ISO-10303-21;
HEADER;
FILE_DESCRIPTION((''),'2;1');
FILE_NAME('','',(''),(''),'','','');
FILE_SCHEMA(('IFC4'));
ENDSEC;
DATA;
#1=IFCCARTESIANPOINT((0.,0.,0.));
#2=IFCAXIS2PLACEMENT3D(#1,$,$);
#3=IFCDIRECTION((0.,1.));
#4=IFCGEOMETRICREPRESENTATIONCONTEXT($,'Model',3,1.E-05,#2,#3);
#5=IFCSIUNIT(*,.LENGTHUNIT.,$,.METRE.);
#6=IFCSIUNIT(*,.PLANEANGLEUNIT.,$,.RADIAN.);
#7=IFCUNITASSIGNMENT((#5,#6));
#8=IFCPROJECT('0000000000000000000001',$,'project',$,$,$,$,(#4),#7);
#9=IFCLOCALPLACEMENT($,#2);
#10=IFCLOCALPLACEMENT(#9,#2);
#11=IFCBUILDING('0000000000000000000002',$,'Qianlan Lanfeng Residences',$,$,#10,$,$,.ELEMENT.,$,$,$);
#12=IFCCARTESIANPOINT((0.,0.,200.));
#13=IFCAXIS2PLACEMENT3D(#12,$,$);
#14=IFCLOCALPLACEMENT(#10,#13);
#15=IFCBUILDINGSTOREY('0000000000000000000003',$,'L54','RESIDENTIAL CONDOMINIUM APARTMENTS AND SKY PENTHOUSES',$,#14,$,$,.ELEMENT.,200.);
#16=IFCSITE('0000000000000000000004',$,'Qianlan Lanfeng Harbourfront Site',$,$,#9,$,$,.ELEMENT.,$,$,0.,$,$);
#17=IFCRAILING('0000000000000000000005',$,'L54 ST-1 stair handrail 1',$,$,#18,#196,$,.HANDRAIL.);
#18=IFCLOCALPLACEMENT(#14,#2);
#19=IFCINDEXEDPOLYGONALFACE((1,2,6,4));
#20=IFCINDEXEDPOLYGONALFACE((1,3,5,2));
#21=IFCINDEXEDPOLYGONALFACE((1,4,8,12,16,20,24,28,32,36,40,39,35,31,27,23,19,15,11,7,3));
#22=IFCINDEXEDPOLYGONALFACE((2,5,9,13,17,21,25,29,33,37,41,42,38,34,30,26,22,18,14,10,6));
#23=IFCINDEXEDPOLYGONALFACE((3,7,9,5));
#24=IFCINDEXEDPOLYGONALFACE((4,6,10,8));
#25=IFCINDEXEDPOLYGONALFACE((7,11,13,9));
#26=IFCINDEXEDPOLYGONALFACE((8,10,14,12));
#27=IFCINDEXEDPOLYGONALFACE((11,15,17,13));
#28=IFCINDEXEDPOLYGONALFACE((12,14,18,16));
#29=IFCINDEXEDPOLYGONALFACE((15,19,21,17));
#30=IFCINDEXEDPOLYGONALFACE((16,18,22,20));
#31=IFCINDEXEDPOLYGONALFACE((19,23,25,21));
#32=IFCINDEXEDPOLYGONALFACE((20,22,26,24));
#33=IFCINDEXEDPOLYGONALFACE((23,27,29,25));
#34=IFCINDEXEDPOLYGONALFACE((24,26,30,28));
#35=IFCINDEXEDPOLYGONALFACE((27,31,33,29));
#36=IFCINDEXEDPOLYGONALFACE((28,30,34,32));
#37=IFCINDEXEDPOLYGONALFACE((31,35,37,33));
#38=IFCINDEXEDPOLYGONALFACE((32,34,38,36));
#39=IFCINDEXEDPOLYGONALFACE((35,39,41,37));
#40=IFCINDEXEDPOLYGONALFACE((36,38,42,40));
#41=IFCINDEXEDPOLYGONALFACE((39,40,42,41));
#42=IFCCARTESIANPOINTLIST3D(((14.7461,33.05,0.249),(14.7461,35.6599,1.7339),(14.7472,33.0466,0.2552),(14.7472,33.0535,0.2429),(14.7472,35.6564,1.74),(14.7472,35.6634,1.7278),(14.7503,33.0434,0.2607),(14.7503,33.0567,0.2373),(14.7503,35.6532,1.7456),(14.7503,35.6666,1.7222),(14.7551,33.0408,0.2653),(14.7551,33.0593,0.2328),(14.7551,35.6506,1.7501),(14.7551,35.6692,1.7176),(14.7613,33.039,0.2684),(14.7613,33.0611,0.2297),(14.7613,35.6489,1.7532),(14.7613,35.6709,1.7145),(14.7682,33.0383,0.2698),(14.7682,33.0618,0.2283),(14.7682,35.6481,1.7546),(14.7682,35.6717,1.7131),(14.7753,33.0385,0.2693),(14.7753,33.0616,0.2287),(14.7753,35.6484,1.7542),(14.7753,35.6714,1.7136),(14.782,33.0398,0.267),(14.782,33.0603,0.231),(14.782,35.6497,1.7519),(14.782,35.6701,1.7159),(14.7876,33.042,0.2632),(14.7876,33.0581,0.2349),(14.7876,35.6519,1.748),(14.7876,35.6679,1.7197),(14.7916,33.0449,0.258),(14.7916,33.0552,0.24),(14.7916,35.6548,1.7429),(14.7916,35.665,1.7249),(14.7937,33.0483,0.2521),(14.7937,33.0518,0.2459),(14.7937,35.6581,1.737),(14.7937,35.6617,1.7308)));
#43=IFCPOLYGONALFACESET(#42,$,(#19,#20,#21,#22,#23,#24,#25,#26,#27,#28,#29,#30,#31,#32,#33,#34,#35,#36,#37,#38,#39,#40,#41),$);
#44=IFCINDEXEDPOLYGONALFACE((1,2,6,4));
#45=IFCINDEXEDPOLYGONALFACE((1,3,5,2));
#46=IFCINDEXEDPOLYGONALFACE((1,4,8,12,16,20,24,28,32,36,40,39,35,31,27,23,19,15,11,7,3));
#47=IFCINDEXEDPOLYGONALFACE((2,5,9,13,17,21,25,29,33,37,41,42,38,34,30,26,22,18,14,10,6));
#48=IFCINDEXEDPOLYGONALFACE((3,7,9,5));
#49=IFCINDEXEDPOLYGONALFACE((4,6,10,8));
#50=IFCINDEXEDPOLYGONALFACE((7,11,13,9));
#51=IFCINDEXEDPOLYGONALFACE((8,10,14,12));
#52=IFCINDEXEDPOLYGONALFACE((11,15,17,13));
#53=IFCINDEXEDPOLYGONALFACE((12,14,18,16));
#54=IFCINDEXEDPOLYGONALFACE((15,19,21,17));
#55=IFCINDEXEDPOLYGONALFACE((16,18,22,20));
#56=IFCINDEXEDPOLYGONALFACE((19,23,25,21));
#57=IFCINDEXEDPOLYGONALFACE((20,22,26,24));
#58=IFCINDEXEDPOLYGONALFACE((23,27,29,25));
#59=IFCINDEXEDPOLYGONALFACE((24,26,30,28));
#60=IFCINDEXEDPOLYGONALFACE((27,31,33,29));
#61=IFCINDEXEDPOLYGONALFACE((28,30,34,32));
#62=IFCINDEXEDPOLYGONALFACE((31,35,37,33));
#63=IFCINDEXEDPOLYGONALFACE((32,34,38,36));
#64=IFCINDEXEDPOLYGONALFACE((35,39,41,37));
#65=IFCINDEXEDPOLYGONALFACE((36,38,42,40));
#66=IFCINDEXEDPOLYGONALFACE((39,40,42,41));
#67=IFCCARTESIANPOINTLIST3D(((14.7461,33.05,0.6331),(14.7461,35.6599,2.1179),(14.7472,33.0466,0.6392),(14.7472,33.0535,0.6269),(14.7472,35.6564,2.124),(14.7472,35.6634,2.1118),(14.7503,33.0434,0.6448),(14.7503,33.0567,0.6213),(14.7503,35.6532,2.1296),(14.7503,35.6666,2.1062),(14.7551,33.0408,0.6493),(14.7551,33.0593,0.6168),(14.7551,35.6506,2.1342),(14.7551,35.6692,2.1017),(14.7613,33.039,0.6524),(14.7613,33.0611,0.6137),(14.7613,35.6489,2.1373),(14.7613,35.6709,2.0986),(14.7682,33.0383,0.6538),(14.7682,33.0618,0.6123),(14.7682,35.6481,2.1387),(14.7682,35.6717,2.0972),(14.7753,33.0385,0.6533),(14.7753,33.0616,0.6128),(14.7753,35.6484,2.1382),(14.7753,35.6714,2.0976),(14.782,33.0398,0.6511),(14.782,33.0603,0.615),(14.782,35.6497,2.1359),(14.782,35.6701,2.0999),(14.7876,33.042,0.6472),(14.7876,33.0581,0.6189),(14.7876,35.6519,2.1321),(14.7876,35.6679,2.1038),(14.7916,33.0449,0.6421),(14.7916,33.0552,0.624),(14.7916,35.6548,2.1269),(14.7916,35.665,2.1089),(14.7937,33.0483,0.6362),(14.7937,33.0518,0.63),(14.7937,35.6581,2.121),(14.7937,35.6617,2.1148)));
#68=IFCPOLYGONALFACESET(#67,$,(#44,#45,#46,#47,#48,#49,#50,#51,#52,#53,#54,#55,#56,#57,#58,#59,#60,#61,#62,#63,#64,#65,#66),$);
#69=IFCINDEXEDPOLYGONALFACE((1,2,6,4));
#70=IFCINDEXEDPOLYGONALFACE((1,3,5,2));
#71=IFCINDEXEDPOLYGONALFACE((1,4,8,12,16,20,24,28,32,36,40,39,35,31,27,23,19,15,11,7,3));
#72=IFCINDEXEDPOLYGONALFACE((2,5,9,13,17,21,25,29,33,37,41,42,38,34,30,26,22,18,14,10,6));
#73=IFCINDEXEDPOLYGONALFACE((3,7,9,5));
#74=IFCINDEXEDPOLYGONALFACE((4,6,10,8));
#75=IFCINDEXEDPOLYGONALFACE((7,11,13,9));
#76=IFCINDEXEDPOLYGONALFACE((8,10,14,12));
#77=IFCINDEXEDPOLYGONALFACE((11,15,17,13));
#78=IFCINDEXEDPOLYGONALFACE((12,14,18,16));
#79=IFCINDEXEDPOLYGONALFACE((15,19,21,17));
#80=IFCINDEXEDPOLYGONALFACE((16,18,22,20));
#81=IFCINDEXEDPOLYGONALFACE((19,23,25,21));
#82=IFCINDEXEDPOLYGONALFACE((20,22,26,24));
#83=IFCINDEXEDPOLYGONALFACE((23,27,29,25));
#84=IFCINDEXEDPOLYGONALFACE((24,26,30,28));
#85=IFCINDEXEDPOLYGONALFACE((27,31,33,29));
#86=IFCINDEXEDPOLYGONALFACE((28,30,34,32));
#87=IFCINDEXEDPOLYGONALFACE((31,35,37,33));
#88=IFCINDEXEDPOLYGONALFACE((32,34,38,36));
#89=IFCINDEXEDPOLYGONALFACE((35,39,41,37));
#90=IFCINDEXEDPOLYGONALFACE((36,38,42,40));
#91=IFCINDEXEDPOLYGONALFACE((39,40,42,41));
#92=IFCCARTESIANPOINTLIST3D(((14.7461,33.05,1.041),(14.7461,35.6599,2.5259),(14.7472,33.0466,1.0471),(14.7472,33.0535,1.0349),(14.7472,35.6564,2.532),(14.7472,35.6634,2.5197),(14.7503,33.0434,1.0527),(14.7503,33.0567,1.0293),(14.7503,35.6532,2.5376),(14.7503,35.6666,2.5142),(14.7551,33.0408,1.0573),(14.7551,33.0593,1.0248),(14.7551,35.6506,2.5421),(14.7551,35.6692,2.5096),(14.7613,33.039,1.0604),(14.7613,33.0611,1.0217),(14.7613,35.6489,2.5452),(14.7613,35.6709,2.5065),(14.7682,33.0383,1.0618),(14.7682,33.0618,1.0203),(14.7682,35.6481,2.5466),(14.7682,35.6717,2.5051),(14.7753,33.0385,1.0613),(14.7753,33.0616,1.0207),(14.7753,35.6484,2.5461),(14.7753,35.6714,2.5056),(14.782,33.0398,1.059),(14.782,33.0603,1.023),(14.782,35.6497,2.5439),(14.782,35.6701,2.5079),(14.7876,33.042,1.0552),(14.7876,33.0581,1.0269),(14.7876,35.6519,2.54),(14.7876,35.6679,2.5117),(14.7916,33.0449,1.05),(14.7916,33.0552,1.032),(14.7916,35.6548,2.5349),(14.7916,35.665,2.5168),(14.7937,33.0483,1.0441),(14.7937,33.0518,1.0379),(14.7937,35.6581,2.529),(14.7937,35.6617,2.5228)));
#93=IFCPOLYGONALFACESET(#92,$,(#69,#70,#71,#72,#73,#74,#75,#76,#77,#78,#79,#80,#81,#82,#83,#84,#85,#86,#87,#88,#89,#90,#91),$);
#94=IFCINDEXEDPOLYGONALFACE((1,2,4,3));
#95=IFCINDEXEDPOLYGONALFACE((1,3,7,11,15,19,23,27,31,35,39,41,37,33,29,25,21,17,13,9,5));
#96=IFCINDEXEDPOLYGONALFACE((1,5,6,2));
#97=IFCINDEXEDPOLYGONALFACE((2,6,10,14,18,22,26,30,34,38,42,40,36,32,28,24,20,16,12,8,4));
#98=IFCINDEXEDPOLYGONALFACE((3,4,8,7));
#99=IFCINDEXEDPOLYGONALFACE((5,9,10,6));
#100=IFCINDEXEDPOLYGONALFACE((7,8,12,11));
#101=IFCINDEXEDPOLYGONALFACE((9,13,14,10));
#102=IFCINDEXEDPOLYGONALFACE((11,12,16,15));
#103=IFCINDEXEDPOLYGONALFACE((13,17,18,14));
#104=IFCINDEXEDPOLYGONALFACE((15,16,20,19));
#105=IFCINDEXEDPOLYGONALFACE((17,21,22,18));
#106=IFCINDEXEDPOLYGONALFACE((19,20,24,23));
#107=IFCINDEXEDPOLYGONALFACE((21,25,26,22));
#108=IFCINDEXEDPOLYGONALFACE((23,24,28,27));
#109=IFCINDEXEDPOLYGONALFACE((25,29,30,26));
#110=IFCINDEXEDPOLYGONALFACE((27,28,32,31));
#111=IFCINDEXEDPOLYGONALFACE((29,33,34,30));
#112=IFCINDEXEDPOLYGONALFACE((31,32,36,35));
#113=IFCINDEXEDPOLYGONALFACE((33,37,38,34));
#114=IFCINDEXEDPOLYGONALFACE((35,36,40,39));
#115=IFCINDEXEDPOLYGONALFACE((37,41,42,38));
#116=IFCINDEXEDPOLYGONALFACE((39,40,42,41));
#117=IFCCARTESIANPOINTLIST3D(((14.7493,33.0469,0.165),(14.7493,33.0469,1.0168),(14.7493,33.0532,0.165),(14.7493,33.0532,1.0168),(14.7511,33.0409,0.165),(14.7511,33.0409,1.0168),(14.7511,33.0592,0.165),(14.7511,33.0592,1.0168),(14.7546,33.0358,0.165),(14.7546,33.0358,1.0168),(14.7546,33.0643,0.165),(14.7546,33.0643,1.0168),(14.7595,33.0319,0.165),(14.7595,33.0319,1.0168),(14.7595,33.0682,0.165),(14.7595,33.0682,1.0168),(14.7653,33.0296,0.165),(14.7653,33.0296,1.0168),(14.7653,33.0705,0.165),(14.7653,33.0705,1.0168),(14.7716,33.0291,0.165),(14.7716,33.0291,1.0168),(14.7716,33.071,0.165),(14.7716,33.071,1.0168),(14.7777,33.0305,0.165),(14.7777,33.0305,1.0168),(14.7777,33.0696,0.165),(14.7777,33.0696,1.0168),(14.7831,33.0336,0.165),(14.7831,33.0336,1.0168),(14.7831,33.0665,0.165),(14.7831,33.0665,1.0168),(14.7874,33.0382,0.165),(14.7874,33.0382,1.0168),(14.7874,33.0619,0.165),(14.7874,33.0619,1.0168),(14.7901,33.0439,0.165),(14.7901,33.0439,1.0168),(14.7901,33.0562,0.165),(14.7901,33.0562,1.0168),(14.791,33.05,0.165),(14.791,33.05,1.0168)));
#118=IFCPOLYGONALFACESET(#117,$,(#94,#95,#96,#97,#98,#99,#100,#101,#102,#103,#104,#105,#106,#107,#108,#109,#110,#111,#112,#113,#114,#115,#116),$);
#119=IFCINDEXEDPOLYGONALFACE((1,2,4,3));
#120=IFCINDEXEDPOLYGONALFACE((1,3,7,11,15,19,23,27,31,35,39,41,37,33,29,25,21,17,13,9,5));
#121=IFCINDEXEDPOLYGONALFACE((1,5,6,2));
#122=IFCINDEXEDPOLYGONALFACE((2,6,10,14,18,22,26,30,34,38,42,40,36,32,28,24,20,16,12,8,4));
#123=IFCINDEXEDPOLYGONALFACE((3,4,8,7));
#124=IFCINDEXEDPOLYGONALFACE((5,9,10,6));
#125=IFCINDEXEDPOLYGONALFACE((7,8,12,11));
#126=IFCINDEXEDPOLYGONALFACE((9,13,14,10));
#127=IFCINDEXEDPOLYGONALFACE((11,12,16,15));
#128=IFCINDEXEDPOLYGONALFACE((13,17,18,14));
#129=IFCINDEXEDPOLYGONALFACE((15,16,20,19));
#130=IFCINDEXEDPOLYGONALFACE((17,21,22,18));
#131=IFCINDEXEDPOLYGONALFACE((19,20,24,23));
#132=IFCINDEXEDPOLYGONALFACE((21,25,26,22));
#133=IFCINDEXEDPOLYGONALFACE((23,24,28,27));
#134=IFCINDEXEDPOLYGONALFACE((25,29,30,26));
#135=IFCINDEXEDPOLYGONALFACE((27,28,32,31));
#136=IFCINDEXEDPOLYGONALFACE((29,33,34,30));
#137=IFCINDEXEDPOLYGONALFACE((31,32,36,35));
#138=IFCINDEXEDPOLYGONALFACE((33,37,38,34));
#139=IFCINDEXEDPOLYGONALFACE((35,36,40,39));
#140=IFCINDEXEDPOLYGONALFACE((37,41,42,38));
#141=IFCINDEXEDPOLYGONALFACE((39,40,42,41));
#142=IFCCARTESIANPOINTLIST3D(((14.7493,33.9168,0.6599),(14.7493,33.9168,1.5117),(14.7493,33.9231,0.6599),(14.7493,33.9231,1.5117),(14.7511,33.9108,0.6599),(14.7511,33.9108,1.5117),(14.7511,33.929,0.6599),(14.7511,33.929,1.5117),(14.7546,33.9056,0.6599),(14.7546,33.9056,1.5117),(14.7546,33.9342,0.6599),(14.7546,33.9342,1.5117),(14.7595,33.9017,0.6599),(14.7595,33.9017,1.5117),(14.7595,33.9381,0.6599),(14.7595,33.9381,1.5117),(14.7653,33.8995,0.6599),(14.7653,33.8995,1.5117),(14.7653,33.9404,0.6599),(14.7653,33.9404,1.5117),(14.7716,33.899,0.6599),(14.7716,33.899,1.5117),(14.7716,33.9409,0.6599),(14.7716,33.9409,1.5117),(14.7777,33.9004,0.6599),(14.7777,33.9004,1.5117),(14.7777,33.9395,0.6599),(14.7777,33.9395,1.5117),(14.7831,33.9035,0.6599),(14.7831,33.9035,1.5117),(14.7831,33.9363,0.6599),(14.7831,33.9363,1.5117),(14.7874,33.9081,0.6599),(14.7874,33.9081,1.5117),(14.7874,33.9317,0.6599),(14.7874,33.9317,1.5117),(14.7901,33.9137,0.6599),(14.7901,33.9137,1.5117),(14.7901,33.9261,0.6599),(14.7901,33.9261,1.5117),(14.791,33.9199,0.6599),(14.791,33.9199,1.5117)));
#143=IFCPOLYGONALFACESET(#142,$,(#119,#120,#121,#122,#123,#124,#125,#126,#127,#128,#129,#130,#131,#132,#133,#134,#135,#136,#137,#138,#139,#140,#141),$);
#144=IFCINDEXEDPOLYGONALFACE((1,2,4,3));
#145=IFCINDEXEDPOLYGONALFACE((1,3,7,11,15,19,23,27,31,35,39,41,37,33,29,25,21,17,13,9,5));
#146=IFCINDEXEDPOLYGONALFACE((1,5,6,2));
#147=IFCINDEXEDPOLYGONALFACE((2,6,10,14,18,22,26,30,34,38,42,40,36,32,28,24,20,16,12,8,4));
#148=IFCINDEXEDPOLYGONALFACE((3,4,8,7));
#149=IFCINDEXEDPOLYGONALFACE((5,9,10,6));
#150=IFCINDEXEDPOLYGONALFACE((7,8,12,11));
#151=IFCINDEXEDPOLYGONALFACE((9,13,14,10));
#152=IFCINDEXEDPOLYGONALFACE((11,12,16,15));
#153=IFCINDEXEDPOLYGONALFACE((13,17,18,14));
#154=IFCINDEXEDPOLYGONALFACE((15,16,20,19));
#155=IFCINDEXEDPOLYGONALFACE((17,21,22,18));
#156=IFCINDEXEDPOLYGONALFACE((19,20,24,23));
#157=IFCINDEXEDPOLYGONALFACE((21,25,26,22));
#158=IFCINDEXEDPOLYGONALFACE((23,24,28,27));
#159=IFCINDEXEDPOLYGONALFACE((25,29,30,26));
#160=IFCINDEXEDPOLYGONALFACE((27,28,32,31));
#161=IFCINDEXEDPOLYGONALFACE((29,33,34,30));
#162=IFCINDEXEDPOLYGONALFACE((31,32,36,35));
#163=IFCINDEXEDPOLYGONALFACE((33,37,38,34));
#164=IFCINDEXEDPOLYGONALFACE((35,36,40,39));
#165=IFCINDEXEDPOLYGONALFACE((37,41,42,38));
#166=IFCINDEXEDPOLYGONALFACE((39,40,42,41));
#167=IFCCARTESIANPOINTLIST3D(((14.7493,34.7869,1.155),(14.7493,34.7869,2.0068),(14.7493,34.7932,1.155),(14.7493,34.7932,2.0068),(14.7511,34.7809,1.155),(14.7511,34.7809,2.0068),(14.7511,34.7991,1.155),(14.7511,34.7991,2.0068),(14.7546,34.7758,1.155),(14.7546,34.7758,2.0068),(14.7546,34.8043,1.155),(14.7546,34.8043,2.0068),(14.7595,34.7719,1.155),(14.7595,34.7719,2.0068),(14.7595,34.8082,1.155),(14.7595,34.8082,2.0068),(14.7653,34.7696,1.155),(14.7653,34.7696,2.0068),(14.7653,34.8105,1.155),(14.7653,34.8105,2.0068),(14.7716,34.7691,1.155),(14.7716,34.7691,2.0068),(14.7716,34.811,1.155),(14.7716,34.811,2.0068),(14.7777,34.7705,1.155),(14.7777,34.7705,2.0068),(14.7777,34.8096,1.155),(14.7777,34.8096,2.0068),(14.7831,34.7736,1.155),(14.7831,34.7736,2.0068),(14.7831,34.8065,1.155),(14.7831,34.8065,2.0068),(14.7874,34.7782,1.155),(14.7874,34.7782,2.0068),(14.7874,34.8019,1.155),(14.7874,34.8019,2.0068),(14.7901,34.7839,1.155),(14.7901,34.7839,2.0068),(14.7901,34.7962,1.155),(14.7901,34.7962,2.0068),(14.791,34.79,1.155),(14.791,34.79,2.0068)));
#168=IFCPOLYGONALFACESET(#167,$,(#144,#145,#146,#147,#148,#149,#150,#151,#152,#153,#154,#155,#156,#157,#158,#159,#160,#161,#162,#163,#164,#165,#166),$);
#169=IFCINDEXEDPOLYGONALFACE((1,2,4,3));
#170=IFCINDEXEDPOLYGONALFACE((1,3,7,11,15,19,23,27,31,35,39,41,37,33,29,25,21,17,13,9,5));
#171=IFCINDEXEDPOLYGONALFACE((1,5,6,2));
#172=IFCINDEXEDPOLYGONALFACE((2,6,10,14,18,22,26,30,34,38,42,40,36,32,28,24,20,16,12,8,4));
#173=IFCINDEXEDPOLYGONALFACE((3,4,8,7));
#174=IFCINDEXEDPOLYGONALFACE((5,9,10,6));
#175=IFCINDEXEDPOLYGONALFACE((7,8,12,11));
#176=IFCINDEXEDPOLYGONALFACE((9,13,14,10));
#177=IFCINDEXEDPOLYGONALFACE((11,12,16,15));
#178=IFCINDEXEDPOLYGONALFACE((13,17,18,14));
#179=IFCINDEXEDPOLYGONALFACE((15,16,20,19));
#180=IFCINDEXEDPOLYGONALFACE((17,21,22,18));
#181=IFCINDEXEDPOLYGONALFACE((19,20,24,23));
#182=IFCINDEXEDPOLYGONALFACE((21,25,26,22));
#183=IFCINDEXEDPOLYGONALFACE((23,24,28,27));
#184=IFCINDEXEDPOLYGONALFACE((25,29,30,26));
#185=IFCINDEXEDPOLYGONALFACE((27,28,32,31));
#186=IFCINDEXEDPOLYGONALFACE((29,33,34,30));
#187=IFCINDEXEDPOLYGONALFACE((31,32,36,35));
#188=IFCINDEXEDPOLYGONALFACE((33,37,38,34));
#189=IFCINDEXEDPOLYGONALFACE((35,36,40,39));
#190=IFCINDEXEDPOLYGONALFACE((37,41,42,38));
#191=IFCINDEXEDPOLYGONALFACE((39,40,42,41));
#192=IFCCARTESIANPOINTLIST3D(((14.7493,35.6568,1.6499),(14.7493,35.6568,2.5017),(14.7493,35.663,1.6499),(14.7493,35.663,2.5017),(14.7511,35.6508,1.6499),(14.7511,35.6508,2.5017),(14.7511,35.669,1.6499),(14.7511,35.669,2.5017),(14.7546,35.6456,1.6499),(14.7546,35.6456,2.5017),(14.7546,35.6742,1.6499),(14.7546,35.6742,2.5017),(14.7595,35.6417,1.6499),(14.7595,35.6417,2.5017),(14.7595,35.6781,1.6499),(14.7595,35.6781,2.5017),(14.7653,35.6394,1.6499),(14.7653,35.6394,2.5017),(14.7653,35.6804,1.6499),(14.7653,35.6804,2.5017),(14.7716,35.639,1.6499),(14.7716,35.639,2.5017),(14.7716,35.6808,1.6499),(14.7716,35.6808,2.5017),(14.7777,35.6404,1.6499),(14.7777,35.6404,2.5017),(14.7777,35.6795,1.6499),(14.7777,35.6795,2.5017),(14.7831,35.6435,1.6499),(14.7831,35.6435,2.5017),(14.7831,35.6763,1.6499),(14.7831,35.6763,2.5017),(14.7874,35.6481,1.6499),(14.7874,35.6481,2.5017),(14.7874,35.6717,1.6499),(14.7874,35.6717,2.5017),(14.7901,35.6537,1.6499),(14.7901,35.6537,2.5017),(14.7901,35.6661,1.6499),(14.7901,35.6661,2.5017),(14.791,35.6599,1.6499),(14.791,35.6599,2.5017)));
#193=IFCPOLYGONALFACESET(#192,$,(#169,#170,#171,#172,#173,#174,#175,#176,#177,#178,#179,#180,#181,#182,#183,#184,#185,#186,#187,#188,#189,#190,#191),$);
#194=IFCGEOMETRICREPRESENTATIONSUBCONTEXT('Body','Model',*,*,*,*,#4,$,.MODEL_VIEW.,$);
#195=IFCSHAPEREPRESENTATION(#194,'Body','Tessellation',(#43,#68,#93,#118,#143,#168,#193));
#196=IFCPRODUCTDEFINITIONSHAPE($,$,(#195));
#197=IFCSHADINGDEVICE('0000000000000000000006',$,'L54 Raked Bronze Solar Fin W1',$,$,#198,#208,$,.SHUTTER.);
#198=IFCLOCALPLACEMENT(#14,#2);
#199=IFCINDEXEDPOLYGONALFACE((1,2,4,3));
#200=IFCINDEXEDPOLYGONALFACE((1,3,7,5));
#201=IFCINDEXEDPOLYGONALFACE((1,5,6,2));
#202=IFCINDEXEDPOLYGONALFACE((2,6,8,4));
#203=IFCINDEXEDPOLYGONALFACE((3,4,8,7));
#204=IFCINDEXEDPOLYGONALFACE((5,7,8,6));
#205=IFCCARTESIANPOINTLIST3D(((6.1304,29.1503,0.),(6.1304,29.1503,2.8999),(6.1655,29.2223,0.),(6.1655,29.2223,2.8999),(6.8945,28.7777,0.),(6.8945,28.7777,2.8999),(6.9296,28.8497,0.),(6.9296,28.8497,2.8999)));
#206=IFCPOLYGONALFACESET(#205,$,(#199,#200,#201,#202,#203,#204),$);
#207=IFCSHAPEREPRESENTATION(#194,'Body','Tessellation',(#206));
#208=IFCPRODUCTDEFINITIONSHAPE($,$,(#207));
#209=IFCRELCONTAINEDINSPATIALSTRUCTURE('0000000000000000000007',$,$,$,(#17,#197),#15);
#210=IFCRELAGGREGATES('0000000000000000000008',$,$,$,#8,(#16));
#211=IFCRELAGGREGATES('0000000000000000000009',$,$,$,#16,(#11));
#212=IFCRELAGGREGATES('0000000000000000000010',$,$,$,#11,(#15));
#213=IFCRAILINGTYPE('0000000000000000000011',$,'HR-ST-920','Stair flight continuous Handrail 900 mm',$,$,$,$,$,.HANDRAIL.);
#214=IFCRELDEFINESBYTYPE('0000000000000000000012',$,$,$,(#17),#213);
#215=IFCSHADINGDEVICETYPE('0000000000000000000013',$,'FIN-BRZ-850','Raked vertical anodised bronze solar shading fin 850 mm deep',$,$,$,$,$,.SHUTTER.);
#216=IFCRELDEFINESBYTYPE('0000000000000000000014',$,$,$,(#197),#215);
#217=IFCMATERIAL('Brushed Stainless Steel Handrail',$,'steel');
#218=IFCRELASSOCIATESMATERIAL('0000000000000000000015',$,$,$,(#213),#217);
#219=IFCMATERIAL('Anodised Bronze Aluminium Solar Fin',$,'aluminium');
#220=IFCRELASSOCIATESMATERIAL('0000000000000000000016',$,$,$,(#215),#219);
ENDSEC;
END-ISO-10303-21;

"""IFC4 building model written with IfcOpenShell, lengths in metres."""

from ifc_helpers import new_model, si_unit, direction, frame, origin, origin_2d, place, context, subcontext, project, spatial, rectangle, circle, extrude, source, transform, mapped, material, type_object, element, save


model = new_model("IFC4")

# Units and contexts
model_context = context("Model", 3, precision=1e-05, world=origin(), true_north=direction((0.0, 1.0)))
body_context = subcontext(model_context, "Body", "Model", "MODEL_VIEW")
ifc_project = project(units=[si_unit("LENGTHUNIT", "METRE"), si_unit("PLANEANGLEUNIT", "RADIAN")], contexts=[model_context])

# Site, building, storey
site_placement = place(None, origin())
site = spatial("IfcSite", under=ifc_project, at=site_placement, Name="Qianlan Lanfeng Harbourfront Site", CompositionType="ELEMENT", RefElevation=0.0)
building_placement = place(site_placement, origin())
building = spatial("IfcBuilding", under=site, at=building_placement, Name="Qianlan Lanfeng Residences", CompositionType="ELEMENT")
storey_placement = place(building_placement, frame((0.0, 0.0, 200.0)))
storey = spatial("IfcBuildingStorey", under=building, at=storey_placement, Name="L54", Description="RESIDENTIAL CONDOMINIUM APARTMENTS AND SKY PENTHOUSES", CompositionType="ELEMENT", Elevation=200.0)

# Railing
ifc_material_1 = material(Name="Brushed Stainless Steel Handrail", Category="steel")
railing_type_1 = type_object("IfcRailingType", Name="HR-ST-920", Description="Stair flight continuous Handrail 900 mm", PredefinedType="HANDRAIL", material=ifc_material_1)
railing_1_placement = place(storey_placement, frame((14.77, 33.05, 0.165)))
element("IfcRailing", 1, at=railing_1_placement, inside=storey, type_object=railing_type_1, Name="L54 ST-1 stair handrail 1", PredefinedType="HANDRAIL", context=body_context, shape_type="SweptSolid", body=[
    extrude(circle(Radius=0.0239, at=origin_2d()), frame((0.0, 0.0, 0.084), z_axis=(0.0, 0.869172, 0.494509), x_axis=(-1.0, 0.0, 0.0)), (0.0, 0.0, 1.0), 3.0027),
    extrude(circle(Radius=0.0239, at=origin_2d()), frame((0.0, 0.0, 0.468), z_axis=(0.0, 0.869172, 0.494509), x_axis=(-1.0, 0.0, 0.0)), (0.0, 0.0, 1.0), 3.0027),
    extrude(circle(Radius=0.0239, at=origin_2d()), frame((0.0, 0.0, 0.876), z_axis=(0.0, 0.869172, 0.494509), x_axis=(-1.0, 0.0, 0.0)), (0.0, 0.0, 1.0), 3.0027),
    extrude(circle(Radius=0.021, at=origin_2d()), origin(), (0.0, 0.0, 1.0), 0.8518),
    extrude(circle(Radius=0.021, at=origin_2d()), frame((0.0, 0.8699, 0.4949)), (0.0, 0.0, 1.0), 0.8518),
    extrude(circle(Radius=0.021, at=origin_2d()), frame((0.0, 1.74, 0.99)), (0.0, 0.0, 1.0), 0.8518),
    extrude(circle(Radius=0.021, at=origin_2d()), frame((0.0, 2.6099, 1.4849)), (0.0, 0.0, 1.0), 0.8518),
])

# Shading device
ifc_material_2 = material(Name="Anodised Bronze Aluminium Solar Fin", Category="aluminium")
shading_device_type = type_object("IfcShadingDeviceType", Name="FIN-BRZ-850", Description="Raked vertical anodised bronze solar shading fin 850 mm deep", PredefinedType="SHUTTER", material=ifc_material_2)
shared_shape_1 = source(origin(), body_context, "Body", "SweptSolid", [
    extrude(rectangle(XDim=0.8501, YDim=0.0801, at=origin_2d()), origin(), (0.0, 0.0, 1.0), 2.8999),
])
for number, where, z_axis, x_axis, name in (
    (2, (6.53, 29.0, 0.0), (0.0, 0.0, 1.0), (0.898794, -0.438371, 0.0), "L54 Raked Bronze Solar Fin W1"),
):
    element("IfcShadingDevice", number, at=place(storey_placement, frame(where, z_axis=z_axis, x_axis=x_axis)), inside=storey, type_object=shading_device_type, Name=name, PredefinedType="SHUTTER", context=body_context, shape_type="MappedRepresentation", body=[
        mapped(shared_shape_1, transform((0.0, 0.0, 0.0), scale=1.0)),
    ])

save(model, "model.ifc")
